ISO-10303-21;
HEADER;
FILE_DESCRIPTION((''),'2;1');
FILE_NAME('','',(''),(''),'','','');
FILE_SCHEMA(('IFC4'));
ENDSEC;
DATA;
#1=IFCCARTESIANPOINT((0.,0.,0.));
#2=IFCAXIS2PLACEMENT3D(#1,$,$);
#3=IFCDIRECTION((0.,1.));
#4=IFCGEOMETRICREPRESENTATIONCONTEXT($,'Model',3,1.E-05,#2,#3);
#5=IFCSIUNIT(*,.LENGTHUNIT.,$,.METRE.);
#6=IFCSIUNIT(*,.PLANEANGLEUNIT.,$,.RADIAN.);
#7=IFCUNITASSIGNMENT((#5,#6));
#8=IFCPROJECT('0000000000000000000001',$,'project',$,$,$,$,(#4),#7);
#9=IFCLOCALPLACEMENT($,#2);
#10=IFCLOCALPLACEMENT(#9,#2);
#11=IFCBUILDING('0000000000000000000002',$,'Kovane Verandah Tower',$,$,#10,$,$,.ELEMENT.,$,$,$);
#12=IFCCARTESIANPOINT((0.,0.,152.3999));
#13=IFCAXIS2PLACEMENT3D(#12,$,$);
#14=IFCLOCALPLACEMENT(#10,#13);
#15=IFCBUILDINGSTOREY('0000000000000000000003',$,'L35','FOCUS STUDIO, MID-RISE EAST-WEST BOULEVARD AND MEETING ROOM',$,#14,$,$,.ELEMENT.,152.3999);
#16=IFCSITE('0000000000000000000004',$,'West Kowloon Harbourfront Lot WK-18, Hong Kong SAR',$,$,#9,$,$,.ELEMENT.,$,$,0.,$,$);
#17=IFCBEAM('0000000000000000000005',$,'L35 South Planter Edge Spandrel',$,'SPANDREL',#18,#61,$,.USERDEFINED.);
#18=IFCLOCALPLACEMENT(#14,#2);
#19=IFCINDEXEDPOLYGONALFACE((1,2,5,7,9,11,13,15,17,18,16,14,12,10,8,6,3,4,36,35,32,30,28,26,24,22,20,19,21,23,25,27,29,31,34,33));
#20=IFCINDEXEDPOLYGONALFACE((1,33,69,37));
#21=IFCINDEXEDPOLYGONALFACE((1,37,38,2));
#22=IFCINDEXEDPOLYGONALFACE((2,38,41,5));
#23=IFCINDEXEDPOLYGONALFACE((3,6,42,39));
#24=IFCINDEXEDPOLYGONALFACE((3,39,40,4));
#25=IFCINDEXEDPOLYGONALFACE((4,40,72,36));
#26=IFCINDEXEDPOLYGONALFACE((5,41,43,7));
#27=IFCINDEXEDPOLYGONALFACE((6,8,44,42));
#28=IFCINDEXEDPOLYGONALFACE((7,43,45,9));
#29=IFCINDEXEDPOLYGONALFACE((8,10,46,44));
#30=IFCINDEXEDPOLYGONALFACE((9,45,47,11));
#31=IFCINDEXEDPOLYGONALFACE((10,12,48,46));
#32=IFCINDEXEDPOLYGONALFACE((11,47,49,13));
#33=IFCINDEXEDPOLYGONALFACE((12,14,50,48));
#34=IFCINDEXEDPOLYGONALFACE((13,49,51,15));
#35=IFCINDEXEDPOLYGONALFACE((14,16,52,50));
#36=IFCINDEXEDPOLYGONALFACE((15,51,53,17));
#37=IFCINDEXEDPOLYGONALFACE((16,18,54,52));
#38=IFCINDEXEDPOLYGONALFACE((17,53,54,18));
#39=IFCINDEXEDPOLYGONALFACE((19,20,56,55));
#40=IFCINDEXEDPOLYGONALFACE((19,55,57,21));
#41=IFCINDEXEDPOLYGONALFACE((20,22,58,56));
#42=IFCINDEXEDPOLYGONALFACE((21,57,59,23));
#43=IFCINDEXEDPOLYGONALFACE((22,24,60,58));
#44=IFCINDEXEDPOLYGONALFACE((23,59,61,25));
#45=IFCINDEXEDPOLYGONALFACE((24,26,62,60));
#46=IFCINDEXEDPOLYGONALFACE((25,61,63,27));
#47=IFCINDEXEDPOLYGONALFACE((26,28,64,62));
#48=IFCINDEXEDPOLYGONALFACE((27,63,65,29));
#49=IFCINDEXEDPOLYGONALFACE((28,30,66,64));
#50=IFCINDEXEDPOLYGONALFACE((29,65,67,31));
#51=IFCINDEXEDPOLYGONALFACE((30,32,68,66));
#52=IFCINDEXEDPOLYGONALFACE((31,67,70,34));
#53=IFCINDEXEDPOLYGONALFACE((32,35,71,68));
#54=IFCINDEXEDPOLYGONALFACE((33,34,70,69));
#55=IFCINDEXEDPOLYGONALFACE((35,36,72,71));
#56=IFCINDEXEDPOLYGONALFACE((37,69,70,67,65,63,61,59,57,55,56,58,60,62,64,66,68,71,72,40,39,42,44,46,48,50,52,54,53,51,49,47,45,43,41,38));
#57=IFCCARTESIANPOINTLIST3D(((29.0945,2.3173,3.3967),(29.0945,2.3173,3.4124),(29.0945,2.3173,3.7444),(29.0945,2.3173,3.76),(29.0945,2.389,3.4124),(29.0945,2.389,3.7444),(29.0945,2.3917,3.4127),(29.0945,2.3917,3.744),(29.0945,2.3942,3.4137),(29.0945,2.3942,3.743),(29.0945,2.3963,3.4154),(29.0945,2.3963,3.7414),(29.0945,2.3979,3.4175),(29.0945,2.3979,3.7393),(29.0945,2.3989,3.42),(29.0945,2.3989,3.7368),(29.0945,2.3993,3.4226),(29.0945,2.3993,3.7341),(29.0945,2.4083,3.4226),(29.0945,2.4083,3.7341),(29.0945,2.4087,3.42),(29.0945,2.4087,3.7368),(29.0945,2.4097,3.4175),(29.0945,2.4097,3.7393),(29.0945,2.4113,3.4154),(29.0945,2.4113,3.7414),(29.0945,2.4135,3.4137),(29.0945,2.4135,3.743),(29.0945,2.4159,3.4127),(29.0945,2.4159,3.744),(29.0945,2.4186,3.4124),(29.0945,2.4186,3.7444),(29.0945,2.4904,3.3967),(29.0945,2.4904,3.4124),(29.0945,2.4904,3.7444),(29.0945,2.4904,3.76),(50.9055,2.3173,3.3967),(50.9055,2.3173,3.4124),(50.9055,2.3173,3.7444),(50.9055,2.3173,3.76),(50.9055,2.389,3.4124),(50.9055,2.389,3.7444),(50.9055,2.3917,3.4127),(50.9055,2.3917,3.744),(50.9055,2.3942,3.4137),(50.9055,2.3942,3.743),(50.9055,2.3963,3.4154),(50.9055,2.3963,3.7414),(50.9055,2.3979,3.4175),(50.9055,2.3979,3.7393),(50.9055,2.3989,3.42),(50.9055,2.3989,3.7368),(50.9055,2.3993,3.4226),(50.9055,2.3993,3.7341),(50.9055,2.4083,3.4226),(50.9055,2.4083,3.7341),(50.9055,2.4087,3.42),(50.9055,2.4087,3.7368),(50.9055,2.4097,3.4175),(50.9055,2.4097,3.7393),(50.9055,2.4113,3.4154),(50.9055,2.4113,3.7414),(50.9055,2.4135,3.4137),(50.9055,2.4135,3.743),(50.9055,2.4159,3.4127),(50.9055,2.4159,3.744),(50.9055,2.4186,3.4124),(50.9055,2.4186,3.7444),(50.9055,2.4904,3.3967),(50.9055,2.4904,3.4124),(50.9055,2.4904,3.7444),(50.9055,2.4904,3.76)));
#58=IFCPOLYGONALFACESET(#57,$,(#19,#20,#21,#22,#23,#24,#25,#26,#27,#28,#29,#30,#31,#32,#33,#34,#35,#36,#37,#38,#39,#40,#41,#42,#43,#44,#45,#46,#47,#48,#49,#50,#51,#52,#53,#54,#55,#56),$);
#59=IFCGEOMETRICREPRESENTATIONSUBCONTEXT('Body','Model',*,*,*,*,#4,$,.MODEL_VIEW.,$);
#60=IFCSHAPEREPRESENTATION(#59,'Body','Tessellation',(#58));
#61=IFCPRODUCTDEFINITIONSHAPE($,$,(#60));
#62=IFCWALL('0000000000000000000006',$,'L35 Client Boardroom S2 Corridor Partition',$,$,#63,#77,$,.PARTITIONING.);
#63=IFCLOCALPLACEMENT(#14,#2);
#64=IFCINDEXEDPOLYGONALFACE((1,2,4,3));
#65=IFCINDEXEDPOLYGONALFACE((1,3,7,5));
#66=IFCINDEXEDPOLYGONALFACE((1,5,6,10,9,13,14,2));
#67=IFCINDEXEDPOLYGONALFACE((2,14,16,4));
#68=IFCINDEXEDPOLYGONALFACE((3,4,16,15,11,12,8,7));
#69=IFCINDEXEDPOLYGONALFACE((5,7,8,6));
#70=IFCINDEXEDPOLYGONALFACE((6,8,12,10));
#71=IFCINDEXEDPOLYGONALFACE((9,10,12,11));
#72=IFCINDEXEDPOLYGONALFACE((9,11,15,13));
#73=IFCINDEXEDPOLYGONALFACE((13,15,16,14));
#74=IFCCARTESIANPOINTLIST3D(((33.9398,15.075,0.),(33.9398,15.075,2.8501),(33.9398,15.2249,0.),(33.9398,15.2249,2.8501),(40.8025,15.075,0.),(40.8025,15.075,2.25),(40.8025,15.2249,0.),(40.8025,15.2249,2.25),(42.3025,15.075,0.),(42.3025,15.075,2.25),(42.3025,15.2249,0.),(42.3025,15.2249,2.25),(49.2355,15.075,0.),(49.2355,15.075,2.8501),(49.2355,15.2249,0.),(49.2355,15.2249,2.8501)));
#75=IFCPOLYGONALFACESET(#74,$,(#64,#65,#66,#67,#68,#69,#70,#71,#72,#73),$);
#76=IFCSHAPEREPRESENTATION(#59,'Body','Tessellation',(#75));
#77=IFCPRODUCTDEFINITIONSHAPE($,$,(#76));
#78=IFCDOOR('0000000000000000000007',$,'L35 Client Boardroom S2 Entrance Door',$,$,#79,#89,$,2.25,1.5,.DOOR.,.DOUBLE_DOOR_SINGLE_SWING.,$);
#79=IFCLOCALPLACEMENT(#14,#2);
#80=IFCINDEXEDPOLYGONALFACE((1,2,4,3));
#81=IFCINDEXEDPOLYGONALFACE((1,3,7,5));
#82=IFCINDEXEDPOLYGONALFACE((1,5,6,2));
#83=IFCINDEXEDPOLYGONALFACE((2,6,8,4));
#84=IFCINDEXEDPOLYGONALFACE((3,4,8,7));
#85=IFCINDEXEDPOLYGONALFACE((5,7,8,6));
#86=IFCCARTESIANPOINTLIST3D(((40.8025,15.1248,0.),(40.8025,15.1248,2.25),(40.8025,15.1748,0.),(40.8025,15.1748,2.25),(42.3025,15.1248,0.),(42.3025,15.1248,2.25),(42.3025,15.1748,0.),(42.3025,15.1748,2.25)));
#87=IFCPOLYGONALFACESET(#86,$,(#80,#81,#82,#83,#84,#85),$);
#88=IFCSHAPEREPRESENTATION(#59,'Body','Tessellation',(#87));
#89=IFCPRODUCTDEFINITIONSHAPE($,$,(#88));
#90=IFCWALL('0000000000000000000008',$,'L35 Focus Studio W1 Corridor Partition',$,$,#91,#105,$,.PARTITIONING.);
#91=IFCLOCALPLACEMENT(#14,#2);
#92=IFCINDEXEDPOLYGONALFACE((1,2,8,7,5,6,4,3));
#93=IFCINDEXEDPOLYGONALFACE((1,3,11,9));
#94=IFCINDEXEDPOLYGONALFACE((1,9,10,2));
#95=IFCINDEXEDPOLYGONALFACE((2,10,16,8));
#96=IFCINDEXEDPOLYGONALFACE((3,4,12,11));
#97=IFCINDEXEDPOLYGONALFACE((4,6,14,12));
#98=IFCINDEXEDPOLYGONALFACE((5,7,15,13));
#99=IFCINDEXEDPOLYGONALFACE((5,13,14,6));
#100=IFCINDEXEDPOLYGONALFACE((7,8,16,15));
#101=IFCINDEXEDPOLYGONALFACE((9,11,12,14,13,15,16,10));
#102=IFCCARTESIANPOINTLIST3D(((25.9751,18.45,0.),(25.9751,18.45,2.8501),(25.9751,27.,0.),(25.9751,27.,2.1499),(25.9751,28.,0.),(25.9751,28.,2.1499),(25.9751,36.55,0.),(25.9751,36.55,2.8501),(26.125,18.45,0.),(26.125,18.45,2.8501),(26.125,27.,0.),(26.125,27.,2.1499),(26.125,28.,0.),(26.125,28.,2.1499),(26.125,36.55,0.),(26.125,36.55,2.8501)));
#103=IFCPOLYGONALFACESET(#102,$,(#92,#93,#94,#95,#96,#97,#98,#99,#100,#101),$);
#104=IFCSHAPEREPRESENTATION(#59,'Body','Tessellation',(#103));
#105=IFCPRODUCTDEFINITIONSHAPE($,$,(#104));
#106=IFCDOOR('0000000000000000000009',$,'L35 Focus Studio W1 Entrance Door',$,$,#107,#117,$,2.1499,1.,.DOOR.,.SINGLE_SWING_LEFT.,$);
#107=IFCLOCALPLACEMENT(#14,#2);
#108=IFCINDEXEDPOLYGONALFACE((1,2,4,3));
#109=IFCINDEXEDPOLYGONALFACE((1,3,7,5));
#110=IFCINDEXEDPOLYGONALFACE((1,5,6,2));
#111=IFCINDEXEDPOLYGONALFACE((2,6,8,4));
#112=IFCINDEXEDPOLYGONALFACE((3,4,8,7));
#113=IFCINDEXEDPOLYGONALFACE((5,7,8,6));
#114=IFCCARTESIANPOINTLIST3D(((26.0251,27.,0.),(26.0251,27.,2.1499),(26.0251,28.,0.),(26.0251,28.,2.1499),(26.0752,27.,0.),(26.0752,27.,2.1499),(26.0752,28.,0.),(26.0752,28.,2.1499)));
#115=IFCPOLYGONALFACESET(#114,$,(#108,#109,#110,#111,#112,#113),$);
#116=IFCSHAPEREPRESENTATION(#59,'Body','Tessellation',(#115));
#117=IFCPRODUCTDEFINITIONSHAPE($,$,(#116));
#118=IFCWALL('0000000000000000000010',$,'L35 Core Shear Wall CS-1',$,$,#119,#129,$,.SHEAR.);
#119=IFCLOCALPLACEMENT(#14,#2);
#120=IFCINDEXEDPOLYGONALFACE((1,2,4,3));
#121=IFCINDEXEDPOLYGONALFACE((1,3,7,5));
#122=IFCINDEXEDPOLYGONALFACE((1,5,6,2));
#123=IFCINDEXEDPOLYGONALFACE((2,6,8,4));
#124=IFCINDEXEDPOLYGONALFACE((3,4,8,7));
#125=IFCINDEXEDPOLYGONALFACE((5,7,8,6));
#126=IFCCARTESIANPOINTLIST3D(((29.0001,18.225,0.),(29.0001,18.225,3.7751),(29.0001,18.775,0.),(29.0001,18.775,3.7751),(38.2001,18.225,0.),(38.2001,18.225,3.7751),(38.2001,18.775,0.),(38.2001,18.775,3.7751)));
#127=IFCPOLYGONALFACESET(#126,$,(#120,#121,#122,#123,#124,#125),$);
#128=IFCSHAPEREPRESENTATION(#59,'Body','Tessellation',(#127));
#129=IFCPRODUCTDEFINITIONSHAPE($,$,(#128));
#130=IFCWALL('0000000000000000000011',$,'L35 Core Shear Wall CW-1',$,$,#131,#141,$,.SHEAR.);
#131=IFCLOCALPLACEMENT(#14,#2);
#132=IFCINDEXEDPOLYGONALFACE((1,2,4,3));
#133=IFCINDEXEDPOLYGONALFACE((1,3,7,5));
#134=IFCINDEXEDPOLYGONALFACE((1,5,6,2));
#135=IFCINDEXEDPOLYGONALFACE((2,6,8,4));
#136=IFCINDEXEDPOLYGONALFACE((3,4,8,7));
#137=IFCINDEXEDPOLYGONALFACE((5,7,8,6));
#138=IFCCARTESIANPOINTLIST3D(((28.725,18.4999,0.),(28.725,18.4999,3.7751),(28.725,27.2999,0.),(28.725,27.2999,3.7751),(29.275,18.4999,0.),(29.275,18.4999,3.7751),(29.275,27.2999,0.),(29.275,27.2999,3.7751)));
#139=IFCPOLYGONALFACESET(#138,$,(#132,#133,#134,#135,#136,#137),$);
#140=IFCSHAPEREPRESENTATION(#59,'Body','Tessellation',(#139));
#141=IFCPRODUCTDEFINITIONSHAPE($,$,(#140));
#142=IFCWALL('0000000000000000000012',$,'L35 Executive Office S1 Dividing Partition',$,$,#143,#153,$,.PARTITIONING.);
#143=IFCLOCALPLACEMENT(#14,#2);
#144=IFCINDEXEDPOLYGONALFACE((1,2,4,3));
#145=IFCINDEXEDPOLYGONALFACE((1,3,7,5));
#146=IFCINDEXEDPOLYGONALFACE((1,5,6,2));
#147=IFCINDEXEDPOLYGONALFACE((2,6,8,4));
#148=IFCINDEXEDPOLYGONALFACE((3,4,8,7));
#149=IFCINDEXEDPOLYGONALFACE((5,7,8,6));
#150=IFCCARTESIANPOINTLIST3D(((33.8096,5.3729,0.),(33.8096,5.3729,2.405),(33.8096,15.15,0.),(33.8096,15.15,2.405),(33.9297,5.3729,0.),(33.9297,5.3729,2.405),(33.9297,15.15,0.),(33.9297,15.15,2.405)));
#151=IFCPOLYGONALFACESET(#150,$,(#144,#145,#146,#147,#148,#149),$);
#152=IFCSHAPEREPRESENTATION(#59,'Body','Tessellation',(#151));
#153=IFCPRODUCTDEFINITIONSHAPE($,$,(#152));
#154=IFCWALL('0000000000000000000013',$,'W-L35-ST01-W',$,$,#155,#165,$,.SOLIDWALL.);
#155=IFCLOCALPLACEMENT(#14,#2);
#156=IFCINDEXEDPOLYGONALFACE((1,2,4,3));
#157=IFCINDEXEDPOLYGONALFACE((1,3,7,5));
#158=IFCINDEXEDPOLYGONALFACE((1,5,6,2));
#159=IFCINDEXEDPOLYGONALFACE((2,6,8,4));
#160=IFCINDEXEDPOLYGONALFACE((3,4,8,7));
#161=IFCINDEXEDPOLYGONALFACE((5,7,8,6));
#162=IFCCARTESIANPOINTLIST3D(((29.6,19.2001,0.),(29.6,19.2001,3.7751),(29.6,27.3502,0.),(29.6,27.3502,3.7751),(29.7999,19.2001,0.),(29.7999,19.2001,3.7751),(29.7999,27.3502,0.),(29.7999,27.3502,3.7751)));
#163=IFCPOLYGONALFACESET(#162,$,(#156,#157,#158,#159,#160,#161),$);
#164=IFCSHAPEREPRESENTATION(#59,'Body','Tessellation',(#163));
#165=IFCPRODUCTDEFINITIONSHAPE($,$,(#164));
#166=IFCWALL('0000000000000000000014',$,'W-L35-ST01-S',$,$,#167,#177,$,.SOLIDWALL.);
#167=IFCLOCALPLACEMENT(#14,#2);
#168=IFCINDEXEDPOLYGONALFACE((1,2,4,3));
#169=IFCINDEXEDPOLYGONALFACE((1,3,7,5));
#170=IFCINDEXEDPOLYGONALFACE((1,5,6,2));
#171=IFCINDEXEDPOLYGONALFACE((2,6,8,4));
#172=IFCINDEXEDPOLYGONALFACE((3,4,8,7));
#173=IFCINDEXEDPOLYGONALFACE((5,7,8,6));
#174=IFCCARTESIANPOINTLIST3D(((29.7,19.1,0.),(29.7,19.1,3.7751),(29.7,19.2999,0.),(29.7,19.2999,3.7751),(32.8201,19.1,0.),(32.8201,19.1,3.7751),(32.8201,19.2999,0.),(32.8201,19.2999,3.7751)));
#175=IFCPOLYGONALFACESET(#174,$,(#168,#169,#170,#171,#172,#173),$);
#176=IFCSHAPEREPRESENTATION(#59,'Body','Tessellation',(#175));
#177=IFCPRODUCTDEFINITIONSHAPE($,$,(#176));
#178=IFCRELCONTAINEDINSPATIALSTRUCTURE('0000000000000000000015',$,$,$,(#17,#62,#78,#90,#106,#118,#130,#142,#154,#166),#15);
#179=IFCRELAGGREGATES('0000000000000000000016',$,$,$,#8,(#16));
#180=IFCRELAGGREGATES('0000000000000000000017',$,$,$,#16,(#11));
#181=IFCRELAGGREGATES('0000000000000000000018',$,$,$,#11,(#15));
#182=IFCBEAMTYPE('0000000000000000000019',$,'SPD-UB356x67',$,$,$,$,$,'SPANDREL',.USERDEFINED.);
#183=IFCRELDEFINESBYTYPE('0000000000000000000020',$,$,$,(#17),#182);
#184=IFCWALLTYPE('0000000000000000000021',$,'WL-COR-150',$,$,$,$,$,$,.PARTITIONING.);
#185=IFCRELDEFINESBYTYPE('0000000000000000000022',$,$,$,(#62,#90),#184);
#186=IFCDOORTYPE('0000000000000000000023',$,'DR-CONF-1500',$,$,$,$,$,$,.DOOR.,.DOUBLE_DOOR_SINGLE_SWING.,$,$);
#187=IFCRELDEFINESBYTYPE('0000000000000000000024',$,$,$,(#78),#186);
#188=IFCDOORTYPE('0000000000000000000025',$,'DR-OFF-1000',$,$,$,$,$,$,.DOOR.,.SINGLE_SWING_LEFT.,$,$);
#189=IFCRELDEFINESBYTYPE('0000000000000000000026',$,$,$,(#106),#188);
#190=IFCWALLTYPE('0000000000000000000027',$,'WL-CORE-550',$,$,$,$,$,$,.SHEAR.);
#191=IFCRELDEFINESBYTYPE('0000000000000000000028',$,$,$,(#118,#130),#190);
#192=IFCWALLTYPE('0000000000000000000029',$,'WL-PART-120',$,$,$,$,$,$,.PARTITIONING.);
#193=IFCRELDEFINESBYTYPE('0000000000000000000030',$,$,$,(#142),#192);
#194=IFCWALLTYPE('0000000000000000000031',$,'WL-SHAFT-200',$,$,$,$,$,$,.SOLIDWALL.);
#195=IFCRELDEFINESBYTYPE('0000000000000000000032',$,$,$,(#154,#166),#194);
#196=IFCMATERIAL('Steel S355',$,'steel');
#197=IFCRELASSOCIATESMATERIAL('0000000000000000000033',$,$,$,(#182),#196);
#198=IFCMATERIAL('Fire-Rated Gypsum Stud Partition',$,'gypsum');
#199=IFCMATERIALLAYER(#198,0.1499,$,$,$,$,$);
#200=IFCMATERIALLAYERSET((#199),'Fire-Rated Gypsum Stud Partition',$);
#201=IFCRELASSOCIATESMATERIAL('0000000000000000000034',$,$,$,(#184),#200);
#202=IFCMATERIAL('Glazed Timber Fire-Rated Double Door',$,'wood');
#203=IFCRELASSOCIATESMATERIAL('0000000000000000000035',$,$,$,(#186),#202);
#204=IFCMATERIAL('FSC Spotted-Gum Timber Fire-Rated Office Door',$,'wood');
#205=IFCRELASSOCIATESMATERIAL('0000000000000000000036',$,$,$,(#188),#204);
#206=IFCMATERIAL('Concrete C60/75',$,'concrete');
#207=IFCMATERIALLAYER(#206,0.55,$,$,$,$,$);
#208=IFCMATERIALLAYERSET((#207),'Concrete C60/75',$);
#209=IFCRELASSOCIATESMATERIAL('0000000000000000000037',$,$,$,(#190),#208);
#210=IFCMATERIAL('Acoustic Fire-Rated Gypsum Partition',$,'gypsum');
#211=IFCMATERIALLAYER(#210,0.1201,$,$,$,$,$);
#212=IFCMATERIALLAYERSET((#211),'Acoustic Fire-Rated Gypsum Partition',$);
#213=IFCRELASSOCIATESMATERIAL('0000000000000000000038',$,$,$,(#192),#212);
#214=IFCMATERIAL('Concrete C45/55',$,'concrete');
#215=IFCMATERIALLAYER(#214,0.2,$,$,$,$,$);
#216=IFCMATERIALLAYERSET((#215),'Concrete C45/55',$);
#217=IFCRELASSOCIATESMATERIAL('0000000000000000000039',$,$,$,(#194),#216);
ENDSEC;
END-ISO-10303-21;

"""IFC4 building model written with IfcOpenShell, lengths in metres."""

from ifc_helpers import new_model, si_unit, direction, frame, frame_2d, origin, origin_2d, place, context, subcontext, project, spatial, rectangle, i_section, extrude, material, layer, layer_set, material_profile, profile_set, type_object, element, fill, save


model = new_model("IFC4")

# Units and contexts
model_context = context("Model", 3, precision=1e-05, world=origin(), true_north=direction((0.0, 1.0)))
body_context = subcontext(model_context, "Body", "Model", "MODEL_VIEW")
ifc_project = project(units=[si_unit("LENGTHUNIT", "METRE"), si_unit("PLANEANGLEUNIT", "RADIAN")], contexts=[model_context])

# Site, building, storey
site_placement = place(None, origin())
site = spatial("IfcSite", under=ifc_project, at=site_placement, Name="West Kowloon Harbourfront Lot WK-18, Hong Kong SAR", CompositionType="ELEMENT", RefElevation=0.0)
building_placement = place(site_placement, origin())
building = spatial("IfcBuilding", under=site, at=building_placement, Name="Kovane Verandah Tower", CompositionType="ELEMENT")
storey_placement = place(building_placement, frame((0.0, 0.0, 152.3999)))
storey = spatial("IfcBuildingStorey", under=building, at=storey_placement, Name="L35", Description="FOCUS STUDIO, MID-RISE EAST-WEST BOULEVARD AND MEETING ROOM", CompositionType="ELEMENT", Elevation=152.3999)

# Beam
ifc_material_1 = material(Name="Steel S355", Category="steel")
ifc_material_profile_1 = material_profile(ifc_material_1, i_section(OverallWidth=0.1731, OverallDepth=0.3633, WebThickness=0.009, FlangeThickness=0.0156, FilletRadius=0.0103, at=origin_2d()), Name="UB356x171x67")
ifc_profile_set_1 = profile_set([ifc_material_profile_1], Name="Steel S355")
beam_type_1 = type_object("IfcBeamType", Name="SPD-UB356x67", ElementType="SPANDREL", PredefinedType="USERDEFINED", material=ifc_profile_set_1)
beam_1_placement = place(storey_placement, frame((29.0945, 2.4038, 3.5784), z_axis=(1.0, 0.0, 0.0), x_axis=(0.0, 1.0, 0.0)))
element("IfcBeam", 1, at=beam_1_placement, inside=storey, type_object=beam_type_1, Name="L35 South Planter Edge Spandrel", ObjectType="SPANDREL", PredefinedType="USERDEFINED", context=body_context, shape_type="SweptSolid", body=[
    extrude(i_section(OverallWidth=0.1731, OverallDepth=0.3633, WebThickness=0.009, FlangeThickness=0.0156, FilletRadius=0.0103, at=origin_2d()), origin(), (0.0, 0.0, 1.0), 21.811),
])

# Walls, openings, doors
ifc_material_2 = material(Name="Fire-Rated Gypsum Stud Partition", Category="gypsum")
ifc_layer_1 = layer(ifc_material_2, 0.1499)
ifc_layer_set_1 = layer_set([ifc_layer_1], Name="Fire-Rated Gypsum Stud Partition")
wall_type_1 = type_object("IfcWallType", Name="WL-COR-150", PredefinedType="PARTITIONING", material=ifc_layer_set_1)
wall_1_placement = place(storey_placement, frame((33.9397, 15.1499, 0.0), z_axis=(0.0, 0.0, 1.0), x_axis=(1.0, 0.0, 0.0)))
wall_1 = element("IfcWall", 2, at=wall_1_placement, inside=storey, type_object=wall_type_1, Name="L35 Client Boardroom S2 Corridor Partition", PredefinedType="PARTITIONING", context=body_context, shape_type="SweptSolid", body=[
    extrude(rectangle(XDim=15.2957, YDim=0.1499, at=frame_2d((7.6479, 0.0))), origin(), (0.0, 0.0, 1.0), 2.8501),
])
opening_1_placement = place(wall_1_placement, frame((6.8628, 0.0, 0.0)))
opening_1 = element("IfcOpeningElement", 3, at=opening_1_placement, cuts=wall_1, PredefinedType="OPENING", context=body_context, shape_type="SweptSolid", body=[
    extrude(rectangle(XDim=1.5, YDim=2.25, at=frame_2d((0.75, 1.125))), frame((0.0, 0.075, 0.0), z_axis=(0.0, -1.0, 0.0), x_axis=(1.0, 0.0, 0.0)), (0.0, 0.0, 1.0), 0.1499),
])
ifc_material_3 = material(Name="Glazed Timber Fire-Rated Double Door", Category="wood")
door_type_1 = type_object("IfcDoorType", Name="DR-CONF-1500", OperationType="DOUBLE_DOOR_SINGLE_SWING", PredefinedType="DOOR", material=ifc_material_3)
door_1_placement = place(opening_1_placement, origin())
door_1 = element("IfcDoor", 4, at=door_1_placement, inside=storey, type_object=door_type_1, Name="L35 Client Boardroom S2 Entrance Door", OperationType="DOUBLE_DOOR_SINGLE_SWING", OverallHeight=2.25, OverallWidth=1.5, PredefinedType="DOOR", context=body_context, shape_type="SweptSolid", body=[
    extrude(rectangle(XDim=1.5, YDim=2.25, at=frame_2d((0.75, 1.125))), frame((0.0, 0.0249, 0.0), z_axis=(0.0, -1.0, 0.0), x_axis=(1.0, 0.0, 0.0)), (0.0, 0.0, 1.0), 0.05),
])
fill(opening_1, door_1)
wall_2_placement = place(storey_placement, frame((26.05, 18.45, 0.0), z_axis=(0.0, 0.0, 1.0), x_axis=(0.0, 1.0, 0.0)))
wall_2 = element("IfcWall", 5, at=wall_2_placement, inside=storey, type_object=wall_type_1, Name="L35 Focus Studio W1 Corridor Partition", PredefinedType="PARTITIONING", context=body_context, shape_type="SweptSolid", body=[
    extrude(rectangle(XDim=18.1001, YDim=0.1499, at=frame_2d((9.05, 0.0))), origin(), (0.0, 0.0, 1.0), 2.8501),
])
opening_2_placement = place(wall_2_placement, frame((8.55, 0.0, 0.0)))
opening_2 = element("IfcOpeningElement", 6, at=opening_2_placement, cuts=wall_2, PredefinedType="OPENING", context=body_context, shape_type="SweptSolid", body=[
    extrude(rectangle(XDim=1.0, YDim=2.1499, at=frame_2d((0.5, 1.075))), frame((0.0, 0.075, 0.0), z_axis=(0.0, -1.0, 0.0), x_axis=(1.0, 0.0, 0.0)), (0.0, 0.0, 1.0), 0.1499),
])
ifc_material_4 = material(Name="FSC Spotted-Gum Timber Fire-Rated Office Door", Category="wood")
door_type_2 = type_object("IfcDoorType", Name="DR-OFF-1000", OperationType="SINGLE_SWING_LEFT", PredefinedType="DOOR", material=ifc_material_4)
door_2_placement = place(opening_2_placement, origin())
door_2 = element("IfcDoor", 7, at=door_2_placement, inside=storey, type_object=door_type_2, Name="L35 Focus Studio W1 Entrance Door", OperationType="SINGLE_SWING_LEFT", OverallHeight=2.1499, OverallWidth=1.0, PredefinedType="DOOR", context=body_context, shape_type="SweptSolid", body=[
    extrude(rectangle(XDim=1.0, YDim=2.1499, at=frame_2d((0.5, 1.075))), frame((0.0, 0.0249, 0.0), z_axis=(0.0, -1.0, 0.0), x_axis=(1.0, 0.0, 0.0)), (0.0, 0.0, 1.0), 0.05),
])
fill(opening_2, door_2)

# Walls
ifc_material_5 = material(Name="Concrete C60/75", Category="concrete")
ifc_layer_2 = layer(ifc_material_5, 0.55)
ifc_layer_set_2 = layer_set([ifc_layer_2], Name="Concrete C60/75")
wall_type_2 = type_object("IfcWallType", Name="WL-CORE-550", PredefinedType="SHEAR", material=ifc_layer_set_2)
wall_3_placement = place(storey_placement, frame((29.0, 18.5, 0.0), z_axis=(0.0, 0.0, 1.0), x_axis=(1.0, 0.0, 0.0)))
element("IfcWall", 8, at=wall_3_placement, inside=storey, type_object=wall_type_2, Name="L35 Core Shear Wall CS-1", PredefinedType="SHEAR", context=body_context, shape_type="SweptSolid", body=[
    extrude(rectangle(XDim=9.2, YDim=0.55, at=frame_2d((4.6001, 0.0))), origin(), (0.0, 0.0, 1.0), 3.7751),
])
wall_4_placement = place(storey_placement, frame((29.0, 18.5, 0.0), z_axis=(0.0, 0.0, 1.0), x_axis=(0.0, 1.0, 0.0)))
element("IfcWall", 9, at=wall_4_placement, inside=storey, type_object=wall_type_2, Name="L35 Core Shear Wall CW-1", PredefinedType="SHEAR", context=body_context, shape_type="SweptSolid", body=[
    extrude(rectangle(XDim=8.8, YDim=0.55, at=frame_2d((4.3999, 0.0))), origin(), (0.0, 0.0, 1.0), 3.7751),
])
ifc_material_6 = material(Name="Acoustic Fire-Rated Gypsum Partition", Category="gypsum")
ifc_layer_3 = layer(ifc_material_6, 0.1201)
ifc_layer_set_3 = layer_set([ifc_layer_3], Name="Acoustic Fire-Rated Gypsum Partition")
wall_type_3 = type_object("IfcWallType", Name="WL-PART-120", PredefinedType="PARTITIONING", material=ifc_layer_set_3)
wall_5_placement = place(storey_placement, frame((33.8696, 5.3728, 0.0), z_axis=(0.0, 0.0, 1.0), x_axis=(0.0, 1.0, 0.0)))
element("IfcWall", 10, at=wall_5_placement, inside=storey, type_object=wall_type_3, Name="L35 Executive Office S1 Dividing Partition", PredefinedType="PARTITIONING", context=body_context, shape_type="SweptSolid", body=[
    extrude(rectangle(XDim=9.7771, YDim=0.1201, at=frame_2d((4.8887, 0.0))), origin(), (0.0, 0.0, 1.0), 2.405),
])
ifc_material_7 = material(Name="Concrete C45/55", Category="concrete")
ifc_layer_4 = layer(ifc_material_7, 0.2)
ifc_layer_set_4 = layer_set([ifc_layer_4], Name="Concrete C45/55")
wall_type_4 = type_object("IfcWallType", Name="WL-SHAFT-200", PredefinedType="SOLIDWALL", material=ifc_layer_set_4)
wall_6_placement = place(storey_placement, frame((29.7, 19.2, 0.0), z_axis=(0.0, 0.0, 1.0), x_axis=(0.0, 1.0, 0.0)))
element("IfcWall", 11, at=wall_6_placement, inside=storey, type_object=wall_type_4, Name="W-L35-ST01-W", PredefinedType="SOLIDWALL", context=body_context, shape_type="SweptSolid", body=[
    extrude(rectangle(XDim=8.1501, YDim=0.2, at=frame_2d((4.0752, 0.0))), origin(), (0.0, 0.0, 1.0), 3.7751),
])
wall_7_placement = place(storey_placement, frame((29.7, 19.2, 0.0), z_axis=(0.0, 0.0, 1.0), x_axis=(1.0, 0.0, 0.0)))
element("IfcWall", 12, at=wall_7_placement, inside=storey, type_object=wall_type_4, Name="W-L35-ST01-S", PredefinedType="SOLIDWALL", context=body_context, shape_type="SweptSolid", body=[
    extrude(rectangle(XDim=3.1201, YDim=0.2, at=frame_2d((1.5601, 0.0))), origin(), (0.0, 0.0, 1.0), 3.7751),
])

save(model, "model.ifc")
